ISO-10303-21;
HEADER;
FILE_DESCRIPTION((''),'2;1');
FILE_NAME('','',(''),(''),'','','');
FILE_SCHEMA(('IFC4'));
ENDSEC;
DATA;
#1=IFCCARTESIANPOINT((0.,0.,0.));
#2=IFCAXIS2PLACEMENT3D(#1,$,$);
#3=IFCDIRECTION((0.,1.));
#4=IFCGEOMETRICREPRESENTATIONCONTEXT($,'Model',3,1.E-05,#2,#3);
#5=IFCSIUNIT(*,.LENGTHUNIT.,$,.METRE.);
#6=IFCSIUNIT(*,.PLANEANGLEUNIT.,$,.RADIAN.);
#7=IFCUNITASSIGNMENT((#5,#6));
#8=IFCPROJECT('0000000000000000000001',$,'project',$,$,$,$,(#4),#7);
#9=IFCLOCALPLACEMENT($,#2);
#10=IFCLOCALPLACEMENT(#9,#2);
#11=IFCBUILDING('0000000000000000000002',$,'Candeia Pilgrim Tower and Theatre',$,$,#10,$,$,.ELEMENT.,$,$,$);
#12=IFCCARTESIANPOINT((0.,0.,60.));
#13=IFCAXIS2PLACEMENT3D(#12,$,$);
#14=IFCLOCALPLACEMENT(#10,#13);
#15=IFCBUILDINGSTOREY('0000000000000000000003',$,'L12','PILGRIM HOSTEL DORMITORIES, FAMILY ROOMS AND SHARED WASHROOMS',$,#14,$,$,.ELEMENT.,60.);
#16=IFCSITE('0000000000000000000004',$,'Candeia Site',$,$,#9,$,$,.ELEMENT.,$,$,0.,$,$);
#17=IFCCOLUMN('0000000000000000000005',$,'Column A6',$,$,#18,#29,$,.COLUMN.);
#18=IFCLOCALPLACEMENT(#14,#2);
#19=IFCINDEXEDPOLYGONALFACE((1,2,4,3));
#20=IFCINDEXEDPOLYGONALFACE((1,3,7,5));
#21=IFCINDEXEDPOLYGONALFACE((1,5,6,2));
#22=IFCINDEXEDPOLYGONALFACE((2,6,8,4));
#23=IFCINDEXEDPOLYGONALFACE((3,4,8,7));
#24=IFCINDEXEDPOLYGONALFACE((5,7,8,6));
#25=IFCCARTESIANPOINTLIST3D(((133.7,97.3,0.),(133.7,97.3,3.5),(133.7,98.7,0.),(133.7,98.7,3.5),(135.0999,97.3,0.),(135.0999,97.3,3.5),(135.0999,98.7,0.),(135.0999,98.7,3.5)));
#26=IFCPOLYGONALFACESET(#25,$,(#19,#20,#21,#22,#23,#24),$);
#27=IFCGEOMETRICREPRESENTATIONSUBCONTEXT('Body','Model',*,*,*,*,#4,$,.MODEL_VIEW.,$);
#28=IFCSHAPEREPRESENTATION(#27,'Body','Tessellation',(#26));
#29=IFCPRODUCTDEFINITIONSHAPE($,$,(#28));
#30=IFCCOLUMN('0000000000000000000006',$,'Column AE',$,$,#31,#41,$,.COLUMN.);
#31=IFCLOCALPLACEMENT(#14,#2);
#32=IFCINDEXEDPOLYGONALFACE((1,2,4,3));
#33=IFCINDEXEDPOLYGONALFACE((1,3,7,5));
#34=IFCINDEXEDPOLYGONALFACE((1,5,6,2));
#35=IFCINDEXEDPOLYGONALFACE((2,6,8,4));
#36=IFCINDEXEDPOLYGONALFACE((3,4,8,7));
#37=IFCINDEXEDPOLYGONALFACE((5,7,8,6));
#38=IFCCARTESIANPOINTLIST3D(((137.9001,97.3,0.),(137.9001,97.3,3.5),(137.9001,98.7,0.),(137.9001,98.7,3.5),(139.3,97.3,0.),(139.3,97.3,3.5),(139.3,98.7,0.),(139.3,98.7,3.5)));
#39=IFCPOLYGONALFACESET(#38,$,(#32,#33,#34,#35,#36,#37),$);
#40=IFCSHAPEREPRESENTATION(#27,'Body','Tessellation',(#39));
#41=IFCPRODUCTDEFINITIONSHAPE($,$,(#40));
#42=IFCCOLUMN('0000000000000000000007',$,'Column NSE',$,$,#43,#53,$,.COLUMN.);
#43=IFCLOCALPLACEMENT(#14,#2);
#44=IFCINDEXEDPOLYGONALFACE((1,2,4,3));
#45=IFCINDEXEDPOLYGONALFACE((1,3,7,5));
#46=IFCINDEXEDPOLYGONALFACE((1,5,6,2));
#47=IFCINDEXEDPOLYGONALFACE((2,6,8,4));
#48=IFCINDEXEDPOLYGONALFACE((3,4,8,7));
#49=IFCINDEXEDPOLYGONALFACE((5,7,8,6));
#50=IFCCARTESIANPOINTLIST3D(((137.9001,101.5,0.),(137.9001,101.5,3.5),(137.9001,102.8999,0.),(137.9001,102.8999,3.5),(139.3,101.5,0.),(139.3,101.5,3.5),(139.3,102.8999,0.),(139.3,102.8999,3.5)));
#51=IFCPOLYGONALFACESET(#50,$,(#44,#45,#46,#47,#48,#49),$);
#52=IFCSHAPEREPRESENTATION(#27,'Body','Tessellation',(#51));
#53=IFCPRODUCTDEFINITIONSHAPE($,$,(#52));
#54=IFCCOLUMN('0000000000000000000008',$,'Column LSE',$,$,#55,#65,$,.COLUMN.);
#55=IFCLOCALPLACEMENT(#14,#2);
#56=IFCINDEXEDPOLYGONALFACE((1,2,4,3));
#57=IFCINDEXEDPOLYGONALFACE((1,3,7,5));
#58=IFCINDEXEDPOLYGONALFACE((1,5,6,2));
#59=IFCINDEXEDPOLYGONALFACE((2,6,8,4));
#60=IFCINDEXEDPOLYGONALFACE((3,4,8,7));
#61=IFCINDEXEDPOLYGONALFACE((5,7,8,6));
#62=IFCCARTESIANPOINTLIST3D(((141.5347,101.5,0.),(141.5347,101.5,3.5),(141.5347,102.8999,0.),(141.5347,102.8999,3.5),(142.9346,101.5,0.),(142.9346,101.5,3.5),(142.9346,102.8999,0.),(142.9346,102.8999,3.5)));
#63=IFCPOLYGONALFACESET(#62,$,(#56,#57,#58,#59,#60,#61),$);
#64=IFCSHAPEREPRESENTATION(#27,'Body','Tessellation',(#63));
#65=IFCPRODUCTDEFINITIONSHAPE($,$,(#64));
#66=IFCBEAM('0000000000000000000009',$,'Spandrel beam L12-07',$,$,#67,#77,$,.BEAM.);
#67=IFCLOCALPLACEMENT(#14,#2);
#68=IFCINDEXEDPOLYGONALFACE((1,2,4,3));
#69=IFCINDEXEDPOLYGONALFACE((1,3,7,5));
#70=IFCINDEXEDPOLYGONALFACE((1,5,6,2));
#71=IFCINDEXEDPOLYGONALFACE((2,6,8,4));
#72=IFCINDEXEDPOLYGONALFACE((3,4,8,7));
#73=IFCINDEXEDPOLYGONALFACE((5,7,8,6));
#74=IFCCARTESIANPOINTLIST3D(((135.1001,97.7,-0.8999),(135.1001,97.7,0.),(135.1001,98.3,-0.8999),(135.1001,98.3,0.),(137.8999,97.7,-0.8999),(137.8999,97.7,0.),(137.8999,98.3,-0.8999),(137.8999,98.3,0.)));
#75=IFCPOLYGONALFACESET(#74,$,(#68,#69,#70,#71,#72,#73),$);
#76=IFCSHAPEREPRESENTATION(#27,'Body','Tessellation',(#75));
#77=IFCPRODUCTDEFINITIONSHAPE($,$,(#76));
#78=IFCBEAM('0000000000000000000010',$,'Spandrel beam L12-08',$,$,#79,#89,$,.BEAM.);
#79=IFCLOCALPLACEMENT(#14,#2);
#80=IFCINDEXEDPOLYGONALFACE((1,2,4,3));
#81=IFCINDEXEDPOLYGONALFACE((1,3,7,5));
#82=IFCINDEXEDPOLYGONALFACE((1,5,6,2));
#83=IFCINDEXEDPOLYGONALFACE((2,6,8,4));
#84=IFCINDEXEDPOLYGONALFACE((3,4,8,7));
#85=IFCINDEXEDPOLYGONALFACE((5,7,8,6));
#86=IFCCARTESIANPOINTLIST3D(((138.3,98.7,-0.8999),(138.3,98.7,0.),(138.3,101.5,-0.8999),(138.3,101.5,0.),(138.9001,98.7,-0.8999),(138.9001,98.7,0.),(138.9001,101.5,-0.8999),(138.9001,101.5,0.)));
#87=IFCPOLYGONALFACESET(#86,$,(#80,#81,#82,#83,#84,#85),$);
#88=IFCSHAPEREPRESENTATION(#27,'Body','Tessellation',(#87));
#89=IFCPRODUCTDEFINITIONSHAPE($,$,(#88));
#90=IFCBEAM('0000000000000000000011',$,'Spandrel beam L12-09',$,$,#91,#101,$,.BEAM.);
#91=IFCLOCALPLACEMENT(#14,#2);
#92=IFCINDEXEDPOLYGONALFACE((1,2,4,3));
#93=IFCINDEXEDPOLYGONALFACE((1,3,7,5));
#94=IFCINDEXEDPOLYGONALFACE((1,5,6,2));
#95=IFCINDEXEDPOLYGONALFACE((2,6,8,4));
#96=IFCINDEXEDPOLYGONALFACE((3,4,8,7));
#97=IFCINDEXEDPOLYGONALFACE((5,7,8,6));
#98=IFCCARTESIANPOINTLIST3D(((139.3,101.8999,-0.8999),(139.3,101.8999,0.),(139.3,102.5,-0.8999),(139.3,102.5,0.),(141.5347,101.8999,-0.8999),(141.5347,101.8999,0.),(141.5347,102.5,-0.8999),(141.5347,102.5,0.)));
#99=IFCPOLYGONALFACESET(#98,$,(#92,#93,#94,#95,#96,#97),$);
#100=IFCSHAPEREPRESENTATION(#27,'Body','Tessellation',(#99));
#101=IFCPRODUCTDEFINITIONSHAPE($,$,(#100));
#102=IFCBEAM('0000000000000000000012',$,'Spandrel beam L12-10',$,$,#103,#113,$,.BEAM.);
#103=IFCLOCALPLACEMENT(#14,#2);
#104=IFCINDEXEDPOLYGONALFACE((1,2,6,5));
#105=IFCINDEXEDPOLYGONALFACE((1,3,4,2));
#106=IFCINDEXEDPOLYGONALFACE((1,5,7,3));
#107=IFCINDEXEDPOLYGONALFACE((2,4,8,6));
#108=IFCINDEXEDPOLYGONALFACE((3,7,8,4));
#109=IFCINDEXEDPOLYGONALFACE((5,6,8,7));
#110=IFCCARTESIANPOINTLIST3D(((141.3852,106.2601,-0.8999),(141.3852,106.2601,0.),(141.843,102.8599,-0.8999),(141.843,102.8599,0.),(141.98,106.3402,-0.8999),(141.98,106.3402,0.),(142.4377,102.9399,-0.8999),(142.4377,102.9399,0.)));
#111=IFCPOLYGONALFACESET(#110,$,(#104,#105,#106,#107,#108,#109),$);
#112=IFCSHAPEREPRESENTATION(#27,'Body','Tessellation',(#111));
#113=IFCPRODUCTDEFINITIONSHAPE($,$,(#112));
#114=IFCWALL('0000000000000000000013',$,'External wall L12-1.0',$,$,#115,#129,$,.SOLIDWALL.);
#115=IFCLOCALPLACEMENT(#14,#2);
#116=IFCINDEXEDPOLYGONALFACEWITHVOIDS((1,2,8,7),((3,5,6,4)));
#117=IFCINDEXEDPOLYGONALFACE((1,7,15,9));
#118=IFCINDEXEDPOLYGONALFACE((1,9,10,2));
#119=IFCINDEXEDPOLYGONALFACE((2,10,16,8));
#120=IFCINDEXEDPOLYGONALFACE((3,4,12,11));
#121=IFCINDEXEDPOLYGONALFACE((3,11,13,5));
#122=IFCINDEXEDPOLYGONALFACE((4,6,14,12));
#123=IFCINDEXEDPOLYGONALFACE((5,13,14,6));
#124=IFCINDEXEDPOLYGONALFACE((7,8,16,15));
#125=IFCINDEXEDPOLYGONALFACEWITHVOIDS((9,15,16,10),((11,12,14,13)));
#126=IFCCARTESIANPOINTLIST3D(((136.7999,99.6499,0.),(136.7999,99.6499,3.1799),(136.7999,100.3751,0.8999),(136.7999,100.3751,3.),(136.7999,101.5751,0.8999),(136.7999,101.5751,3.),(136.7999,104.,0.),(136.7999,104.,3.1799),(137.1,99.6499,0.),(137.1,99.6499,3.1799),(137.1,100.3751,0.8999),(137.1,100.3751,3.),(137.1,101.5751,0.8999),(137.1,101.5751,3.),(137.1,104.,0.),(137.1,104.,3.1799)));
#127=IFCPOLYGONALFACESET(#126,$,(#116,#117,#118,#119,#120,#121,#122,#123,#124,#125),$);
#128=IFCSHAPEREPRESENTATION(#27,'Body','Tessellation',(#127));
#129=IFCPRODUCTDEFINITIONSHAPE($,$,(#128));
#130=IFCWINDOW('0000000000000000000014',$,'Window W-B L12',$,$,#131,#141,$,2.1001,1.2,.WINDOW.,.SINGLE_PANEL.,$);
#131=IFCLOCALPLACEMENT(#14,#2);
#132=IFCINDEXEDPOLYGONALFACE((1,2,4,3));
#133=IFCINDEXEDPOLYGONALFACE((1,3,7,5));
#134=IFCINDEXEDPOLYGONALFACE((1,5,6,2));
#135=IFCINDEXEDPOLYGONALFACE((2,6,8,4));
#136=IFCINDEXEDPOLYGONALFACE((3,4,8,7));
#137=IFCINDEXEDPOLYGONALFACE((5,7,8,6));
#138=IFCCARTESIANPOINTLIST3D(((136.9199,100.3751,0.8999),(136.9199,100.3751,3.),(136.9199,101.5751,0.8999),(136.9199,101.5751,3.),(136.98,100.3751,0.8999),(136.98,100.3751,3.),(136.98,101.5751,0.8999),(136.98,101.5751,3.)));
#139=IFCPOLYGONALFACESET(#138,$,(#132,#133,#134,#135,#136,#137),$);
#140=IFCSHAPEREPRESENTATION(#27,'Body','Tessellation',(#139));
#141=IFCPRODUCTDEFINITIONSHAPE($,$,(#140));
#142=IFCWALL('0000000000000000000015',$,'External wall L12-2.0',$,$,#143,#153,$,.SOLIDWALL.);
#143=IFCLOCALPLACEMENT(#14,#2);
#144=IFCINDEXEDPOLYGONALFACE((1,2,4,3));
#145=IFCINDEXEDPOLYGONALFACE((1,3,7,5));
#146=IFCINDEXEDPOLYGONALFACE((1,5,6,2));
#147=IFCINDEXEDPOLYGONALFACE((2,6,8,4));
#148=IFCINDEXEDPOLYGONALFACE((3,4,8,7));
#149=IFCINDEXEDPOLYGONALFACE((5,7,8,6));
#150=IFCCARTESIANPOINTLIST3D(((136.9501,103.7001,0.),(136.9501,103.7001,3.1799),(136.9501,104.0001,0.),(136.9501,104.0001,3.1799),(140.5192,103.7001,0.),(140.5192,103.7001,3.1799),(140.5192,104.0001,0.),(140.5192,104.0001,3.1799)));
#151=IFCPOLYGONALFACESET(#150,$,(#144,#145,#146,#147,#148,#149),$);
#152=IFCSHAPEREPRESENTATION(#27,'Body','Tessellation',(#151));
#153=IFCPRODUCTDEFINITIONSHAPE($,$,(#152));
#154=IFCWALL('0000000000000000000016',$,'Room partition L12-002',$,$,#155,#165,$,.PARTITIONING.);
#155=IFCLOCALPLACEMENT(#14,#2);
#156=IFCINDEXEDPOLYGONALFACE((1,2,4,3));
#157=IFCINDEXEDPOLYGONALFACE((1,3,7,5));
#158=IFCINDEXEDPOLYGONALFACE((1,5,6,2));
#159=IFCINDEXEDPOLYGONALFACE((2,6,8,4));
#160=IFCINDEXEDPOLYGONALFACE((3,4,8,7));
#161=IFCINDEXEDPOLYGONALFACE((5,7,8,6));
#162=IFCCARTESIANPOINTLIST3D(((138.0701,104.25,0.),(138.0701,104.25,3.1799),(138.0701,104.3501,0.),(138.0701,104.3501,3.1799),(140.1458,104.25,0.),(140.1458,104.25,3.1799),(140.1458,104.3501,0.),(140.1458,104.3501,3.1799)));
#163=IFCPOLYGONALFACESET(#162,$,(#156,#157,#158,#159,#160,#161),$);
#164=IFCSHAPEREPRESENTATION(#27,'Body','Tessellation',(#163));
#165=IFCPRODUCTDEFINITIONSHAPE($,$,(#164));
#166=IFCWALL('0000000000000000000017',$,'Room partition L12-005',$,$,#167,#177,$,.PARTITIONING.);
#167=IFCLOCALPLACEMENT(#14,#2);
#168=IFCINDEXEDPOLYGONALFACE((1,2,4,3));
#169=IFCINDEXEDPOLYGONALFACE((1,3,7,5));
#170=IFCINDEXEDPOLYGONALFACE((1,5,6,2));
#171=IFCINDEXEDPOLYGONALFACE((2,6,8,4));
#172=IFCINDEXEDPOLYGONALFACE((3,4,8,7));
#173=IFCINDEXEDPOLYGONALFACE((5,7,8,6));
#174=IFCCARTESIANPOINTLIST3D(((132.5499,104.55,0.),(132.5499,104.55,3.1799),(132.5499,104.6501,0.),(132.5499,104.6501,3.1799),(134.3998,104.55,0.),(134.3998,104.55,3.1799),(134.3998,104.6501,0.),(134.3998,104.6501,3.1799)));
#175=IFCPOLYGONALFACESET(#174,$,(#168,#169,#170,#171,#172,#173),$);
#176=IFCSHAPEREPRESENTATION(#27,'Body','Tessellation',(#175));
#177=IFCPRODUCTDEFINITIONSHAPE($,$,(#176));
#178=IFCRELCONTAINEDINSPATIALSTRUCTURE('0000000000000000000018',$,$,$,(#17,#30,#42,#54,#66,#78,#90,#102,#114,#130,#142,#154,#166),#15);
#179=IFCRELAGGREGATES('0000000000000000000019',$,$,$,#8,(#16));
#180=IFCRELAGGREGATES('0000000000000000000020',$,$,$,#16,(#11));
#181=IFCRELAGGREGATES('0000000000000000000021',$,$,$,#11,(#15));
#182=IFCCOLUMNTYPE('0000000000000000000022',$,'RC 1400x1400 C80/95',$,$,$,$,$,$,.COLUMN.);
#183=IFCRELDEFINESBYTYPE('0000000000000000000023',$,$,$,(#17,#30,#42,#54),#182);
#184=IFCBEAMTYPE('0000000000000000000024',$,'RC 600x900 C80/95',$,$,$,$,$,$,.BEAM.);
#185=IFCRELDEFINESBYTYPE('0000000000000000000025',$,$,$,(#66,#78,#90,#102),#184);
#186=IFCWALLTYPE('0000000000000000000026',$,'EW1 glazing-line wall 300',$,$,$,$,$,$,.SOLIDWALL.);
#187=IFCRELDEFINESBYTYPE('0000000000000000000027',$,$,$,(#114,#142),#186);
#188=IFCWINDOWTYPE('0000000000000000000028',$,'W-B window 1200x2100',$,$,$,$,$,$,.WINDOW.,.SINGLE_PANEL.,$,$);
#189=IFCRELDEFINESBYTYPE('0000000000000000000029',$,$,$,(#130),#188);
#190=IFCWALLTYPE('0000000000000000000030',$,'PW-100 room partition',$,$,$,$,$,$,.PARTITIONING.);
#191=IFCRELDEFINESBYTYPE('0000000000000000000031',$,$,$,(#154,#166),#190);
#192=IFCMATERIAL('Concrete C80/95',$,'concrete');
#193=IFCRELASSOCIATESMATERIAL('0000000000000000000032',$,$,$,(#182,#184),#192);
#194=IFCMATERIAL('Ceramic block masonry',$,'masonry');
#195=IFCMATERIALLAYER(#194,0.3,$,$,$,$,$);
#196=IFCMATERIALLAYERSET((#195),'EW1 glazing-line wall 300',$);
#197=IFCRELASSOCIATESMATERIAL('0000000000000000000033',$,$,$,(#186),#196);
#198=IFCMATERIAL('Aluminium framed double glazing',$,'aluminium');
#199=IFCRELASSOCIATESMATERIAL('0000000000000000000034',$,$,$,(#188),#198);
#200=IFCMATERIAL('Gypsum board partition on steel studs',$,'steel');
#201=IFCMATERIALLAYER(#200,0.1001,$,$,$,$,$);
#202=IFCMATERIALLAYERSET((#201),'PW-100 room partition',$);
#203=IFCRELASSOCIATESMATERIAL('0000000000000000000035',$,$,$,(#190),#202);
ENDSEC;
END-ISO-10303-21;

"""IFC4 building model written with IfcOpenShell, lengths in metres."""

from ifc_helpers import new_model, si_unit, direction, frame, frame_2d, origin, origin_2d, place, context, subcontext, project, spatial, rectangle, extrude, material, layer, layer_set, material_profile, profile_set, type_object, element, fill, save


model = new_model("IFC4")

# Units and contexts
model_context = context("Model", 3, precision=1e-05, world=origin(), true_north=direction((0.0, 1.0)))
body_context = subcontext(model_context, "Body", "Model", "MODEL_VIEW")
ifc_project = project(units=[si_unit("LENGTHUNIT", "METRE"), si_unit("PLANEANGLEUNIT", "RADIAN")], contexts=[model_context])

# Site, building, storey
site_placement = place(None, origin())
site = spatial("IfcSite", under=ifc_project, at=site_placement, Name="Candeia Site", CompositionType="ELEMENT", RefElevation=0.0)
building_placement = place(site_placement, origin())
building = spatial("IfcBuilding", under=site, at=building_placement, Name="Candeia Pilgrim Tower and Theatre", CompositionType="ELEMENT")
storey_placement = place(building_placement, frame((0.0, 0.0, 60.0)))
storey = spatial("IfcBuildingStorey", under=building, at=storey_placement, Name="L12", Description="PILGRIM HOSTEL DORMITORIES, FAMILY ROOMS AND SHARED WASHROOMS", CompositionType="ELEMENT", Elevation=60.0)

# Columns
ifc_material_1 = material(Name="Concrete C80/95", Category="concrete")
ifc_material_profile_1 = material_profile(ifc_material_1, rectangle(XDim=1.3999, YDim=1.3999, at=origin_2d()))
ifc_profile_set_1 = profile_set([ifc_material_profile_1], Name="Concrete C80/95")
column_type = type_object("IfcColumnType", Name="RC 1400x1400 C80/95", PredefinedType="COLUMN", material=ifc_profile_set_1)
for number, where, z_axis, x_axis, name in (
    (1, (134.3999, 98.0, 0.0), (0.0, 0.0, 1.0), (1.0, 0.0, 0.0), "Column A6"),
    (2, (138.6001, 98.0, 0.0), (0.0, 0.0, 1.0), (1.0, 0.0, 0.0), "Column AE"),
    (3, (138.6001, 102.2, 0.0), (0.0, 0.0, 1.0), (1.0, 0.0, 0.0), "Column NSE"),
    (4, (142.2346, 102.2, 0.0), (0.0, 0.0, 1.0), (1.0, 0.0, 0.0), "Column LSE"),
):
    element("IfcColumn", number, at=place(storey_placement, frame(where, z_axis=z_axis, x_axis=x_axis)), inside=storey, type_object=column_type, Name=name, PredefinedType="COLUMN", context=body_context, shape_type="SweptSolid", body=[
        extrude(rectangle(XDim=1.3999, YDim=1.3999, at=origin_2d()), origin(), (0.0, 0.0, 1.0), 3.5),
    ])

# Beams
ifc_material_profile_2 = material_profile(ifc_material_1, rectangle(XDim=0.6001, YDim=0.8999, at=origin_2d()))
ifc_profile_set_2 = profile_set([ifc_material_profile_2], Name="Concrete C80/95")
beam_type = type_object("IfcBeamType", Name="RC 600x900 C80/95", PredefinedType="BEAM", material=ifc_profile_set_2)
beam_1_placement = place(storey_placement, frame((135.1001, 98.0, -0.45), z_axis=(1.0, 0.0, 0.0), x_axis=(0.0, 1.0, 0.0)))
element("IfcBeam", 5, at=beam_1_placement, inside=storey, type_object=beam_type, Name="Spandrel beam L12-07", PredefinedType="BEAM", context=body_context, shape_type="SweptSolid", body=[
    extrude(rectangle(XDim=0.6001, YDim=0.8999, at=origin_2d()), origin(), (0.0, 0.0, 1.0), 2.7998),
])
beam_2_placement = place(storey_placement, frame((138.6001, 98.7, -0.45), z_axis=(0.0, 1.0, 0.0), x_axis=(-1.0, 0.0, 0.0)))
element("IfcBeam", 6, at=beam_2_placement, inside=storey, type_object=beam_type, Name="Spandrel beam L12-08", PredefinedType="BEAM", context=body_context, shape_type="SweptSolid", body=[
    extrude(rectangle(XDim=0.6001, YDim=0.8999, at=origin_2d()), origin(), (0.0, 0.0, 1.0), 2.8),
])
beam_3_placement = place(storey_placement, frame((139.3, 102.2, -0.45), z_axis=(1.0, 0.0, 0.0), x_axis=(0.0, 1.0, 0.0)))
element("IfcBeam", 7, at=beam_3_placement, inside=storey, type_object=beam_type, Name="Spandrel beam L12-09", PredefinedType="BEAM", context=body_context, shape_type="SweptSolid", body=[
    extrude(rectangle(XDim=0.6001, YDim=0.8999, at=origin_2d()), origin(), (0.0, 0.0, 1.0), 2.2346),
])
beam_4_placement = place(storey_placement, frame((142.1404, 102.8999, -0.45), z_axis=(-0.133427, 0.991059, 0.0), x_axis=(-0.991059, -0.133427, 0.0)))
element("IfcBeam", 8, at=beam_4_placement, inside=storey, type_object=beam_type, Name="Spandrel beam L12-10", PredefinedType="BEAM", context=body_context, shape_type="SweptSolid", body=[
    extrude(rectangle(XDim=0.6001, YDim=0.8999, at=origin_2d()), origin(), (0.0, 0.0, 1.0), 3.4309),
])

# Wall, opening, window
ifc_material_2 = material(Name="Ceramic block masonry", Category="masonry")
ifc_layer_1 = layer(ifc_material_2, 0.3)
ifc_layer_set_1 = layer_set([ifc_layer_1], Name="EW1 glazing-line wall 300")
wall_type_1 = type_object("IfcWallType", Name="EW1 glazing-line wall 300", PredefinedType="SOLIDWALL", material=ifc_layer_set_1)
wall_1_placement = place(storey_placement, frame((136.95, 99.6499, 0.0), z_axis=(0.0, 0.0, 1.0), x_axis=(0.0, 1.0, 0.0)))
wall_1 = element("IfcWall", 9, at=wall_1_placement, inside=storey, type_object=wall_type_1, Name="External wall L12-1.0", PredefinedType="SOLIDWALL", context=body_context, shape_type="SweptSolid", body=[
    extrude(rectangle(XDim=4.3501, YDim=0.3, at=frame_2d((2.175, 0.0))), origin(), (0.0, 0.0, 1.0), 3.1799),
])
opening_1_placement = place(wall_1_placement, frame((0.7251, 0.0, 0.8999)))
opening_1 = element("IfcOpeningElement", 10, at=opening_1_placement, cuts=wall_1, PredefinedType="OPENING", context=body_context, shape_type="SweptSolid", body=[
    extrude(rectangle(XDim=1.2, YDim=2.1001, at=frame_2d((0.6001, 1.05))), frame((0.0, 0.1602, 0.0), z_axis=(0.0, -1.0, 0.0), x_axis=(1.0, 0.0, 0.0)), (0.0, 0.0, 1.0), 0.3201),
])
ifc_material_3 = material(Name="Aluminium framed double glazing", Category="aluminium")
window_type = type_object("IfcWindowType", Name="W-B window 1200x2100", PartitioningType="SINGLE_PANEL", PredefinedType="WINDOW", material=ifc_material_3)
window_1_placement = place(opening_1_placement, origin())
window_1 = element("IfcWindow", 11, at=window_1_placement, inside=storey, type_object=window_type, Name="Window W-B L12", OverallHeight=2.1001, OverallWidth=1.2, PartitioningType="SINGLE_PANEL", PredefinedType="WINDOW", context=body_context, shape_type="SweptSolid", body=[
    extrude(rectangle(XDim=1.2, YDim=2.1001, at=frame_2d((0.6001, 1.05))), frame((0.0, 0.03, 0.0), z_axis=(0.0, -1.0, 0.0), x_axis=(1.0, 0.0, 0.0)), (0.0, 0.0, 1.0), 0.0601),
])
fill(opening_1, window_1)

# Wall
wall_2_placement = place(storey_placement, frame((136.95, 103.8501, 0.0), z_axis=(0.0, 0.0, 1.0), x_axis=(1.0, 0.0, 0.0)))
element("IfcWall", 12, at=wall_2_placement, inside=storey, type_object=wall_type_1, Name="External wall L12-2.0", PredefinedType="SOLIDWALL", context=body_context, shape_type="SweptSolid", body=[
    extrude(rectangle(XDim=3.5691, YDim=0.3, at=frame_2d((1.7847, 0.0))), origin(), (0.0, 0.0, 1.0), 3.1799),
])

# Walls
ifc_material_4 = material(Name="Gypsum board partition on steel studs", Category="steel")
ifc_layer_2 = layer(ifc_material_4, 0.1001)
ifc_layer_set_2 = layer_set([ifc_layer_2], Name="PW-100 room partition")
wall_type_2 = type_object("IfcWallType", Name="PW-100 room partition", PredefinedType="PARTITIONING", material=ifc_layer_set_2)
wall_3_placement = place(storey_placement, frame((138.0701, 104.3, 0.0), z_axis=(0.0, 0.0, 1.0), x_axis=(1.0, 0.0, 0.0)))
element("IfcWall", 13, at=wall_3_placement, inside=storey, type_object=wall_type_2, Name="Room partition L12-002", PredefinedType="PARTITIONING", context=body_context, shape_type="SweptSolid", body=[
    extrude(rectangle(XDim=2.0757, YDim=0.1001, at=frame_2d((1.0378, 0.0))), origin(), (0.0, 0.0, 1.0), 3.1799),
])
wall_4_placement = place(storey_placement, frame((132.55, 104.6001, 0.0), z_axis=(0.0, 0.0, 1.0), x_axis=(1.0, 0.0, 0.0)))
element("IfcWall", 14, at=wall_4_placement, inside=storey, type_object=wall_type_2, Name="Room partition L12-005", PredefinedType="PARTITIONING", context=body_context, shape_type="SweptSolid", body=[
    extrude(rectangle(XDim=1.8499, YDim=0.1001, at=frame_2d((0.9248, 0.0))), origin(), (0.0, 0.0, 1.0), 3.1799),
])

save(model, "model.ifc")
